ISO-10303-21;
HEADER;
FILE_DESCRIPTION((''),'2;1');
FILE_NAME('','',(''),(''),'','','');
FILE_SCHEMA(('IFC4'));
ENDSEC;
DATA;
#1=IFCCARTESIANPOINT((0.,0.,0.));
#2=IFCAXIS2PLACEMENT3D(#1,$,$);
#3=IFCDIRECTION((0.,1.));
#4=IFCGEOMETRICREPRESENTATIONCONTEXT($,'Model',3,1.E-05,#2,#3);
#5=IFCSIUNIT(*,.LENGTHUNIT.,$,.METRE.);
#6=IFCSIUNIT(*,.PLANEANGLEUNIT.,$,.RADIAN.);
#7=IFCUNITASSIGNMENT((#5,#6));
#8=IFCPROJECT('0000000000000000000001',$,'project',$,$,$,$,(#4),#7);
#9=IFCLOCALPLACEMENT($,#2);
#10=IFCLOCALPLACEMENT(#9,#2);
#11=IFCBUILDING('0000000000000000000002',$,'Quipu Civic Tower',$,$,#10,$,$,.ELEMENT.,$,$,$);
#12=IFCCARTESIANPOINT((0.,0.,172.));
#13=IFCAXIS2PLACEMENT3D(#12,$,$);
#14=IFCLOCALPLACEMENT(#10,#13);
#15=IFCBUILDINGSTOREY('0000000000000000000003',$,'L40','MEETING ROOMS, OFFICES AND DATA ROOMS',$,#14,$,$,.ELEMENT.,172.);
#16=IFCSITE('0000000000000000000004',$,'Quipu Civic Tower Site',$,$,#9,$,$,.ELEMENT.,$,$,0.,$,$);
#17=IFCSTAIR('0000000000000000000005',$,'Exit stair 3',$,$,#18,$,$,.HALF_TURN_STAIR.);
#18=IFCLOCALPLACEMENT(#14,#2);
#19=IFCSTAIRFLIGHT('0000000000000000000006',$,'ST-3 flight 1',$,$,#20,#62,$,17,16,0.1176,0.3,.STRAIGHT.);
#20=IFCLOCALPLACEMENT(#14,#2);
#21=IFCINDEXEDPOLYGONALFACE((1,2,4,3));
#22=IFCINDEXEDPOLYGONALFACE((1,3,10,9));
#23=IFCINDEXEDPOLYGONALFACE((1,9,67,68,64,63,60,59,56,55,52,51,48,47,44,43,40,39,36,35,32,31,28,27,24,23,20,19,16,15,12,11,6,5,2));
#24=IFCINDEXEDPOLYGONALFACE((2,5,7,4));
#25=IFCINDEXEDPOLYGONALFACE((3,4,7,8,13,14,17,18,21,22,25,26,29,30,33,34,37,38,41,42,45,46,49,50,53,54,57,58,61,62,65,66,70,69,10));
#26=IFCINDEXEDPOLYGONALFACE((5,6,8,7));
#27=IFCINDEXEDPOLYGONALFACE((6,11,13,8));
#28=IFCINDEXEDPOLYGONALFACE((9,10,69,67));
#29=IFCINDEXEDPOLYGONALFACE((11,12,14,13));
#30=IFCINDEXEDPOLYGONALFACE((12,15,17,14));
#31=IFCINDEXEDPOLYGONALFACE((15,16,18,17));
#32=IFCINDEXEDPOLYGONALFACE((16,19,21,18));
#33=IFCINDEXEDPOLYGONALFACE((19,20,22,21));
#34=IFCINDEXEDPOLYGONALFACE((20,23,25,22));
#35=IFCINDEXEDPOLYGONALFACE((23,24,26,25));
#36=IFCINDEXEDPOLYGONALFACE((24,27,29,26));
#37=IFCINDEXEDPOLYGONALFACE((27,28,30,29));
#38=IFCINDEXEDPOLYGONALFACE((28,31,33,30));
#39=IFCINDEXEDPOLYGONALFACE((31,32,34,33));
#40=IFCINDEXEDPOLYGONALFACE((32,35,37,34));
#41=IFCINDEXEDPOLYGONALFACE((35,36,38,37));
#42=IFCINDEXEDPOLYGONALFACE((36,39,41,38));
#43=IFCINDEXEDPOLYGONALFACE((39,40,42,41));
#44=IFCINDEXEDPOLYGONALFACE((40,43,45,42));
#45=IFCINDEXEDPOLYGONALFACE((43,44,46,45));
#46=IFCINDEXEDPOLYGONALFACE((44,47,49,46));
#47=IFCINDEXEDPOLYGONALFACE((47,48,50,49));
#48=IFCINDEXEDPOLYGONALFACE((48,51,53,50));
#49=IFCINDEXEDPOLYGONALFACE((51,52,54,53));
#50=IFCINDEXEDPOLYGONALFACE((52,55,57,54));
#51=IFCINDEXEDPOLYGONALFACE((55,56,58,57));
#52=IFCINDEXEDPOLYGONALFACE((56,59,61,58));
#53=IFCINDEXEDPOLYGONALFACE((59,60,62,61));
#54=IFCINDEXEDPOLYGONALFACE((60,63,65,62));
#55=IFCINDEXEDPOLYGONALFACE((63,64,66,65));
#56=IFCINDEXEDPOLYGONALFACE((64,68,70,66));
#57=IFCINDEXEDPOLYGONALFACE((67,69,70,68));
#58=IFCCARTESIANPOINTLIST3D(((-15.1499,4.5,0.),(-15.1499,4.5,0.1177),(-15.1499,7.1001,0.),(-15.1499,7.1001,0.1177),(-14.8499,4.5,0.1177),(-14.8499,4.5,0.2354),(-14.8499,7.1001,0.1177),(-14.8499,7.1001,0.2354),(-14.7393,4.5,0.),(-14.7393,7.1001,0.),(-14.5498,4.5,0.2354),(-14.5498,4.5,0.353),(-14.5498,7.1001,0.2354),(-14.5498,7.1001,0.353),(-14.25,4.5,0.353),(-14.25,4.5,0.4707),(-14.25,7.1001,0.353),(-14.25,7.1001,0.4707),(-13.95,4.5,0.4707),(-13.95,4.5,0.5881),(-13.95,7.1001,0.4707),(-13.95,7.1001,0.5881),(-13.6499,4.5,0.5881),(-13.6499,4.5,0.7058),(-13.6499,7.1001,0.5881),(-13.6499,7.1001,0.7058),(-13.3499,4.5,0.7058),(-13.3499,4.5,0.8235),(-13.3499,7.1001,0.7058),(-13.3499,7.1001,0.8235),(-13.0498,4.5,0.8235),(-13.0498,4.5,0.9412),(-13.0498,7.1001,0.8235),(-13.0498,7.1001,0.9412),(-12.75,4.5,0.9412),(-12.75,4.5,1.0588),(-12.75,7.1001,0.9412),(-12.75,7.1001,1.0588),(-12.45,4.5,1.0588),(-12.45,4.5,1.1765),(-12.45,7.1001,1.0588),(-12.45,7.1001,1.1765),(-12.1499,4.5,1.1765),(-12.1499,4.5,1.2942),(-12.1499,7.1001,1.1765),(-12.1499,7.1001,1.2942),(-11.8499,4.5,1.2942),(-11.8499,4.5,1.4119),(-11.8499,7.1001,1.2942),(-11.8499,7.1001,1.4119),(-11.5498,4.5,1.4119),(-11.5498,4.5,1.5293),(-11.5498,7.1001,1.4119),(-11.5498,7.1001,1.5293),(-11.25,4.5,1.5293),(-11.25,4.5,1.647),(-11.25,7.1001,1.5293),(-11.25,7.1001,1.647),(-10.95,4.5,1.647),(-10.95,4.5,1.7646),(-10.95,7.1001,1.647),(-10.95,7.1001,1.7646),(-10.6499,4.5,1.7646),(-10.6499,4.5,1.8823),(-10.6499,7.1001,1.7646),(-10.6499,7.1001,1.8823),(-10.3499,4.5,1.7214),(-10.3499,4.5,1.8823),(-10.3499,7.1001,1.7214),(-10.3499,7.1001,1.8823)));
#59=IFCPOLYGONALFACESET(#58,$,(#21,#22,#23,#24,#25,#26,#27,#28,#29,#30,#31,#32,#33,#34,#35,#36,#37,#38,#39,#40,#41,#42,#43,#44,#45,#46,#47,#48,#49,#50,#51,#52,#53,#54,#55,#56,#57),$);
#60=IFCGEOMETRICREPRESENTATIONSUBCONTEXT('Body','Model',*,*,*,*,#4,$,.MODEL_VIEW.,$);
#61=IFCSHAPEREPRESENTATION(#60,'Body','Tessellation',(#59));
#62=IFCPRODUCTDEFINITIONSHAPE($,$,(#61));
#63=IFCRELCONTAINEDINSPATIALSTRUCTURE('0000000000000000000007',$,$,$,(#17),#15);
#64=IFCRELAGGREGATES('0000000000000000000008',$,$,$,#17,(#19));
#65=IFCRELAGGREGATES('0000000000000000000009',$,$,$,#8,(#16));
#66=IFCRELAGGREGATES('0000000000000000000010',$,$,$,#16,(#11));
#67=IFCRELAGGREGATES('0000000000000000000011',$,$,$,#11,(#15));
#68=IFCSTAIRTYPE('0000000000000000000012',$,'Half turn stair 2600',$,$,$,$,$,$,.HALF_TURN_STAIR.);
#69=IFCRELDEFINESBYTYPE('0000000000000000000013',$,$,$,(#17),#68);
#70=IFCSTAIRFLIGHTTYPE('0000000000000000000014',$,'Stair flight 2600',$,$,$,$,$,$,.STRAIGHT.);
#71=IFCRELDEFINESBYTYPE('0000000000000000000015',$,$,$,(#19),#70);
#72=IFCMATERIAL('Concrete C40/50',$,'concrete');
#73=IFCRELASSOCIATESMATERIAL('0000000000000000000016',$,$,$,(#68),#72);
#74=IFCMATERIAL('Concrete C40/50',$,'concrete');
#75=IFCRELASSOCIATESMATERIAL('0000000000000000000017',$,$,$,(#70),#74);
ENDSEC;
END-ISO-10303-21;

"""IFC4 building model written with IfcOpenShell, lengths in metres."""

from ifc_helpers import new_model, si_unit, direction, frame, origin, place, context, subcontext, project, spatial, polyline, outline, extrude, material, type_object, element, aggregate, save


model = new_model("IFC4")

# Units and contexts
model_context = context("Model", 3, precision=1e-05, world=origin(), true_north=direction((0.0, 1.0)))
body_context = subcontext(model_context, "Body", "Model", "MODEL_VIEW")
ifc_project = project(units=[si_unit("LENGTHUNIT", "METRE"), si_unit("PLANEANGLEUNIT", "RADIAN")], contexts=[model_context])

# Site, building, storey
site_placement = place(None, origin())
site = spatial("IfcSite", under=ifc_project, at=site_placement, Name="Quipu Civic Tower Site", CompositionType="ELEMENT", RefElevation=0.0)
building_placement = place(site_placement, origin())
building = spatial("IfcBuilding", under=site, at=building_placement, Name="Quipu Civic Tower", CompositionType="ELEMENT")
storey_placement = place(building_placement, frame((0.0, 0.0, 172.0)))
storey = spatial("IfcBuildingStorey", under=building, at=storey_placement, Name="L40", Description="MEETING ROOMS, OFFICES AND DATA ROOMS", CompositionType="ELEMENT", Elevation=172.0)

# Stair, stair flight
ifc_material_1 = material(Name="Concrete C40/50", Category="concrete")
stair_type = type_object("IfcStairType", Name="Half turn stair 2600", PredefinedType="HALF_TURN_STAIR", material=ifc_material_1)
stair_placement = place(storey_placement, origin())
stair = element("IfcStair", 1, at=stair_placement, inside=storey, type_object=stair_type, Name="Exit stair 3", PredefinedType="HALF_TURN_STAIR")
ifc_material_2 = material(Name="Concrete C40/50", Category="concrete")
stair_flight_type = type_object("IfcStairFlightType", Name="Stair flight 2600", PredefinedType="STRAIGHT", material=ifc_material_2)
stair_flight_placement = place(storey_placement, frame((-15.1499, 5.8, 0.0), z_axis=(0.0, 0.0, 1.0), x_axis=(1.0, 0.0, 0.0)))
stair_flight = element("IfcStairFlight", 2, at=stair_flight_placement, type_object=stair_flight_type, Name="ST-3 flight 1", NumberOfRisers=17, NumberOfTreads=16, PredefinedType="STRAIGHT", RiserHeight=0.1176, TreadLength=0.3, context=body_context, shape_type="SweptSolid", body=[
    extrude(outline(polyline([(0.0, 0.0), (0.0, 0.1177), (0.3, 0.1177), (0.3, 0.2354), (0.6001, 0.2354), (0.6001, 0.353), (0.8999, 0.353), (0.8999, 0.4707), (1.2, 0.4707), (1.2, 0.5881), (1.5, 0.5881), (1.5, 0.7058), (1.8, 0.7058), (1.8, 0.8235), (2.1001, 0.8235), (2.1001, 0.9412), (2.3999, 0.9412), (2.3999, 1.0588), (2.7, 1.0588), (2.7, 1.1765), (3.0, 1.1765), (3.0, 1.2942), (3.3, 1.2942), (3.3, 1.4119), (3.6001, 1.4119), (3.6001, 1.5293), (3.8999, 1.5293), (3.8999, 1.647), (4.2, 1.647), (4.2, 1.7646), (4.5, 1.7646), (4.5, 1.8823), (4.8, 1.8823), (4.8, 2.0), (4.8, 1.7214), (0.4106, 0.0), (0.0, 0.0)])), frame((0.0, 1.3, 0.0), z_axis=(0.0, -1.0, 0.0), x_axis=(1.0, 0.0, 0.0)), (0.0, 0.0, 1.0), 2.6001),
])
aggregate(stair, [stair_flight])

save(model, "model.ifc")
